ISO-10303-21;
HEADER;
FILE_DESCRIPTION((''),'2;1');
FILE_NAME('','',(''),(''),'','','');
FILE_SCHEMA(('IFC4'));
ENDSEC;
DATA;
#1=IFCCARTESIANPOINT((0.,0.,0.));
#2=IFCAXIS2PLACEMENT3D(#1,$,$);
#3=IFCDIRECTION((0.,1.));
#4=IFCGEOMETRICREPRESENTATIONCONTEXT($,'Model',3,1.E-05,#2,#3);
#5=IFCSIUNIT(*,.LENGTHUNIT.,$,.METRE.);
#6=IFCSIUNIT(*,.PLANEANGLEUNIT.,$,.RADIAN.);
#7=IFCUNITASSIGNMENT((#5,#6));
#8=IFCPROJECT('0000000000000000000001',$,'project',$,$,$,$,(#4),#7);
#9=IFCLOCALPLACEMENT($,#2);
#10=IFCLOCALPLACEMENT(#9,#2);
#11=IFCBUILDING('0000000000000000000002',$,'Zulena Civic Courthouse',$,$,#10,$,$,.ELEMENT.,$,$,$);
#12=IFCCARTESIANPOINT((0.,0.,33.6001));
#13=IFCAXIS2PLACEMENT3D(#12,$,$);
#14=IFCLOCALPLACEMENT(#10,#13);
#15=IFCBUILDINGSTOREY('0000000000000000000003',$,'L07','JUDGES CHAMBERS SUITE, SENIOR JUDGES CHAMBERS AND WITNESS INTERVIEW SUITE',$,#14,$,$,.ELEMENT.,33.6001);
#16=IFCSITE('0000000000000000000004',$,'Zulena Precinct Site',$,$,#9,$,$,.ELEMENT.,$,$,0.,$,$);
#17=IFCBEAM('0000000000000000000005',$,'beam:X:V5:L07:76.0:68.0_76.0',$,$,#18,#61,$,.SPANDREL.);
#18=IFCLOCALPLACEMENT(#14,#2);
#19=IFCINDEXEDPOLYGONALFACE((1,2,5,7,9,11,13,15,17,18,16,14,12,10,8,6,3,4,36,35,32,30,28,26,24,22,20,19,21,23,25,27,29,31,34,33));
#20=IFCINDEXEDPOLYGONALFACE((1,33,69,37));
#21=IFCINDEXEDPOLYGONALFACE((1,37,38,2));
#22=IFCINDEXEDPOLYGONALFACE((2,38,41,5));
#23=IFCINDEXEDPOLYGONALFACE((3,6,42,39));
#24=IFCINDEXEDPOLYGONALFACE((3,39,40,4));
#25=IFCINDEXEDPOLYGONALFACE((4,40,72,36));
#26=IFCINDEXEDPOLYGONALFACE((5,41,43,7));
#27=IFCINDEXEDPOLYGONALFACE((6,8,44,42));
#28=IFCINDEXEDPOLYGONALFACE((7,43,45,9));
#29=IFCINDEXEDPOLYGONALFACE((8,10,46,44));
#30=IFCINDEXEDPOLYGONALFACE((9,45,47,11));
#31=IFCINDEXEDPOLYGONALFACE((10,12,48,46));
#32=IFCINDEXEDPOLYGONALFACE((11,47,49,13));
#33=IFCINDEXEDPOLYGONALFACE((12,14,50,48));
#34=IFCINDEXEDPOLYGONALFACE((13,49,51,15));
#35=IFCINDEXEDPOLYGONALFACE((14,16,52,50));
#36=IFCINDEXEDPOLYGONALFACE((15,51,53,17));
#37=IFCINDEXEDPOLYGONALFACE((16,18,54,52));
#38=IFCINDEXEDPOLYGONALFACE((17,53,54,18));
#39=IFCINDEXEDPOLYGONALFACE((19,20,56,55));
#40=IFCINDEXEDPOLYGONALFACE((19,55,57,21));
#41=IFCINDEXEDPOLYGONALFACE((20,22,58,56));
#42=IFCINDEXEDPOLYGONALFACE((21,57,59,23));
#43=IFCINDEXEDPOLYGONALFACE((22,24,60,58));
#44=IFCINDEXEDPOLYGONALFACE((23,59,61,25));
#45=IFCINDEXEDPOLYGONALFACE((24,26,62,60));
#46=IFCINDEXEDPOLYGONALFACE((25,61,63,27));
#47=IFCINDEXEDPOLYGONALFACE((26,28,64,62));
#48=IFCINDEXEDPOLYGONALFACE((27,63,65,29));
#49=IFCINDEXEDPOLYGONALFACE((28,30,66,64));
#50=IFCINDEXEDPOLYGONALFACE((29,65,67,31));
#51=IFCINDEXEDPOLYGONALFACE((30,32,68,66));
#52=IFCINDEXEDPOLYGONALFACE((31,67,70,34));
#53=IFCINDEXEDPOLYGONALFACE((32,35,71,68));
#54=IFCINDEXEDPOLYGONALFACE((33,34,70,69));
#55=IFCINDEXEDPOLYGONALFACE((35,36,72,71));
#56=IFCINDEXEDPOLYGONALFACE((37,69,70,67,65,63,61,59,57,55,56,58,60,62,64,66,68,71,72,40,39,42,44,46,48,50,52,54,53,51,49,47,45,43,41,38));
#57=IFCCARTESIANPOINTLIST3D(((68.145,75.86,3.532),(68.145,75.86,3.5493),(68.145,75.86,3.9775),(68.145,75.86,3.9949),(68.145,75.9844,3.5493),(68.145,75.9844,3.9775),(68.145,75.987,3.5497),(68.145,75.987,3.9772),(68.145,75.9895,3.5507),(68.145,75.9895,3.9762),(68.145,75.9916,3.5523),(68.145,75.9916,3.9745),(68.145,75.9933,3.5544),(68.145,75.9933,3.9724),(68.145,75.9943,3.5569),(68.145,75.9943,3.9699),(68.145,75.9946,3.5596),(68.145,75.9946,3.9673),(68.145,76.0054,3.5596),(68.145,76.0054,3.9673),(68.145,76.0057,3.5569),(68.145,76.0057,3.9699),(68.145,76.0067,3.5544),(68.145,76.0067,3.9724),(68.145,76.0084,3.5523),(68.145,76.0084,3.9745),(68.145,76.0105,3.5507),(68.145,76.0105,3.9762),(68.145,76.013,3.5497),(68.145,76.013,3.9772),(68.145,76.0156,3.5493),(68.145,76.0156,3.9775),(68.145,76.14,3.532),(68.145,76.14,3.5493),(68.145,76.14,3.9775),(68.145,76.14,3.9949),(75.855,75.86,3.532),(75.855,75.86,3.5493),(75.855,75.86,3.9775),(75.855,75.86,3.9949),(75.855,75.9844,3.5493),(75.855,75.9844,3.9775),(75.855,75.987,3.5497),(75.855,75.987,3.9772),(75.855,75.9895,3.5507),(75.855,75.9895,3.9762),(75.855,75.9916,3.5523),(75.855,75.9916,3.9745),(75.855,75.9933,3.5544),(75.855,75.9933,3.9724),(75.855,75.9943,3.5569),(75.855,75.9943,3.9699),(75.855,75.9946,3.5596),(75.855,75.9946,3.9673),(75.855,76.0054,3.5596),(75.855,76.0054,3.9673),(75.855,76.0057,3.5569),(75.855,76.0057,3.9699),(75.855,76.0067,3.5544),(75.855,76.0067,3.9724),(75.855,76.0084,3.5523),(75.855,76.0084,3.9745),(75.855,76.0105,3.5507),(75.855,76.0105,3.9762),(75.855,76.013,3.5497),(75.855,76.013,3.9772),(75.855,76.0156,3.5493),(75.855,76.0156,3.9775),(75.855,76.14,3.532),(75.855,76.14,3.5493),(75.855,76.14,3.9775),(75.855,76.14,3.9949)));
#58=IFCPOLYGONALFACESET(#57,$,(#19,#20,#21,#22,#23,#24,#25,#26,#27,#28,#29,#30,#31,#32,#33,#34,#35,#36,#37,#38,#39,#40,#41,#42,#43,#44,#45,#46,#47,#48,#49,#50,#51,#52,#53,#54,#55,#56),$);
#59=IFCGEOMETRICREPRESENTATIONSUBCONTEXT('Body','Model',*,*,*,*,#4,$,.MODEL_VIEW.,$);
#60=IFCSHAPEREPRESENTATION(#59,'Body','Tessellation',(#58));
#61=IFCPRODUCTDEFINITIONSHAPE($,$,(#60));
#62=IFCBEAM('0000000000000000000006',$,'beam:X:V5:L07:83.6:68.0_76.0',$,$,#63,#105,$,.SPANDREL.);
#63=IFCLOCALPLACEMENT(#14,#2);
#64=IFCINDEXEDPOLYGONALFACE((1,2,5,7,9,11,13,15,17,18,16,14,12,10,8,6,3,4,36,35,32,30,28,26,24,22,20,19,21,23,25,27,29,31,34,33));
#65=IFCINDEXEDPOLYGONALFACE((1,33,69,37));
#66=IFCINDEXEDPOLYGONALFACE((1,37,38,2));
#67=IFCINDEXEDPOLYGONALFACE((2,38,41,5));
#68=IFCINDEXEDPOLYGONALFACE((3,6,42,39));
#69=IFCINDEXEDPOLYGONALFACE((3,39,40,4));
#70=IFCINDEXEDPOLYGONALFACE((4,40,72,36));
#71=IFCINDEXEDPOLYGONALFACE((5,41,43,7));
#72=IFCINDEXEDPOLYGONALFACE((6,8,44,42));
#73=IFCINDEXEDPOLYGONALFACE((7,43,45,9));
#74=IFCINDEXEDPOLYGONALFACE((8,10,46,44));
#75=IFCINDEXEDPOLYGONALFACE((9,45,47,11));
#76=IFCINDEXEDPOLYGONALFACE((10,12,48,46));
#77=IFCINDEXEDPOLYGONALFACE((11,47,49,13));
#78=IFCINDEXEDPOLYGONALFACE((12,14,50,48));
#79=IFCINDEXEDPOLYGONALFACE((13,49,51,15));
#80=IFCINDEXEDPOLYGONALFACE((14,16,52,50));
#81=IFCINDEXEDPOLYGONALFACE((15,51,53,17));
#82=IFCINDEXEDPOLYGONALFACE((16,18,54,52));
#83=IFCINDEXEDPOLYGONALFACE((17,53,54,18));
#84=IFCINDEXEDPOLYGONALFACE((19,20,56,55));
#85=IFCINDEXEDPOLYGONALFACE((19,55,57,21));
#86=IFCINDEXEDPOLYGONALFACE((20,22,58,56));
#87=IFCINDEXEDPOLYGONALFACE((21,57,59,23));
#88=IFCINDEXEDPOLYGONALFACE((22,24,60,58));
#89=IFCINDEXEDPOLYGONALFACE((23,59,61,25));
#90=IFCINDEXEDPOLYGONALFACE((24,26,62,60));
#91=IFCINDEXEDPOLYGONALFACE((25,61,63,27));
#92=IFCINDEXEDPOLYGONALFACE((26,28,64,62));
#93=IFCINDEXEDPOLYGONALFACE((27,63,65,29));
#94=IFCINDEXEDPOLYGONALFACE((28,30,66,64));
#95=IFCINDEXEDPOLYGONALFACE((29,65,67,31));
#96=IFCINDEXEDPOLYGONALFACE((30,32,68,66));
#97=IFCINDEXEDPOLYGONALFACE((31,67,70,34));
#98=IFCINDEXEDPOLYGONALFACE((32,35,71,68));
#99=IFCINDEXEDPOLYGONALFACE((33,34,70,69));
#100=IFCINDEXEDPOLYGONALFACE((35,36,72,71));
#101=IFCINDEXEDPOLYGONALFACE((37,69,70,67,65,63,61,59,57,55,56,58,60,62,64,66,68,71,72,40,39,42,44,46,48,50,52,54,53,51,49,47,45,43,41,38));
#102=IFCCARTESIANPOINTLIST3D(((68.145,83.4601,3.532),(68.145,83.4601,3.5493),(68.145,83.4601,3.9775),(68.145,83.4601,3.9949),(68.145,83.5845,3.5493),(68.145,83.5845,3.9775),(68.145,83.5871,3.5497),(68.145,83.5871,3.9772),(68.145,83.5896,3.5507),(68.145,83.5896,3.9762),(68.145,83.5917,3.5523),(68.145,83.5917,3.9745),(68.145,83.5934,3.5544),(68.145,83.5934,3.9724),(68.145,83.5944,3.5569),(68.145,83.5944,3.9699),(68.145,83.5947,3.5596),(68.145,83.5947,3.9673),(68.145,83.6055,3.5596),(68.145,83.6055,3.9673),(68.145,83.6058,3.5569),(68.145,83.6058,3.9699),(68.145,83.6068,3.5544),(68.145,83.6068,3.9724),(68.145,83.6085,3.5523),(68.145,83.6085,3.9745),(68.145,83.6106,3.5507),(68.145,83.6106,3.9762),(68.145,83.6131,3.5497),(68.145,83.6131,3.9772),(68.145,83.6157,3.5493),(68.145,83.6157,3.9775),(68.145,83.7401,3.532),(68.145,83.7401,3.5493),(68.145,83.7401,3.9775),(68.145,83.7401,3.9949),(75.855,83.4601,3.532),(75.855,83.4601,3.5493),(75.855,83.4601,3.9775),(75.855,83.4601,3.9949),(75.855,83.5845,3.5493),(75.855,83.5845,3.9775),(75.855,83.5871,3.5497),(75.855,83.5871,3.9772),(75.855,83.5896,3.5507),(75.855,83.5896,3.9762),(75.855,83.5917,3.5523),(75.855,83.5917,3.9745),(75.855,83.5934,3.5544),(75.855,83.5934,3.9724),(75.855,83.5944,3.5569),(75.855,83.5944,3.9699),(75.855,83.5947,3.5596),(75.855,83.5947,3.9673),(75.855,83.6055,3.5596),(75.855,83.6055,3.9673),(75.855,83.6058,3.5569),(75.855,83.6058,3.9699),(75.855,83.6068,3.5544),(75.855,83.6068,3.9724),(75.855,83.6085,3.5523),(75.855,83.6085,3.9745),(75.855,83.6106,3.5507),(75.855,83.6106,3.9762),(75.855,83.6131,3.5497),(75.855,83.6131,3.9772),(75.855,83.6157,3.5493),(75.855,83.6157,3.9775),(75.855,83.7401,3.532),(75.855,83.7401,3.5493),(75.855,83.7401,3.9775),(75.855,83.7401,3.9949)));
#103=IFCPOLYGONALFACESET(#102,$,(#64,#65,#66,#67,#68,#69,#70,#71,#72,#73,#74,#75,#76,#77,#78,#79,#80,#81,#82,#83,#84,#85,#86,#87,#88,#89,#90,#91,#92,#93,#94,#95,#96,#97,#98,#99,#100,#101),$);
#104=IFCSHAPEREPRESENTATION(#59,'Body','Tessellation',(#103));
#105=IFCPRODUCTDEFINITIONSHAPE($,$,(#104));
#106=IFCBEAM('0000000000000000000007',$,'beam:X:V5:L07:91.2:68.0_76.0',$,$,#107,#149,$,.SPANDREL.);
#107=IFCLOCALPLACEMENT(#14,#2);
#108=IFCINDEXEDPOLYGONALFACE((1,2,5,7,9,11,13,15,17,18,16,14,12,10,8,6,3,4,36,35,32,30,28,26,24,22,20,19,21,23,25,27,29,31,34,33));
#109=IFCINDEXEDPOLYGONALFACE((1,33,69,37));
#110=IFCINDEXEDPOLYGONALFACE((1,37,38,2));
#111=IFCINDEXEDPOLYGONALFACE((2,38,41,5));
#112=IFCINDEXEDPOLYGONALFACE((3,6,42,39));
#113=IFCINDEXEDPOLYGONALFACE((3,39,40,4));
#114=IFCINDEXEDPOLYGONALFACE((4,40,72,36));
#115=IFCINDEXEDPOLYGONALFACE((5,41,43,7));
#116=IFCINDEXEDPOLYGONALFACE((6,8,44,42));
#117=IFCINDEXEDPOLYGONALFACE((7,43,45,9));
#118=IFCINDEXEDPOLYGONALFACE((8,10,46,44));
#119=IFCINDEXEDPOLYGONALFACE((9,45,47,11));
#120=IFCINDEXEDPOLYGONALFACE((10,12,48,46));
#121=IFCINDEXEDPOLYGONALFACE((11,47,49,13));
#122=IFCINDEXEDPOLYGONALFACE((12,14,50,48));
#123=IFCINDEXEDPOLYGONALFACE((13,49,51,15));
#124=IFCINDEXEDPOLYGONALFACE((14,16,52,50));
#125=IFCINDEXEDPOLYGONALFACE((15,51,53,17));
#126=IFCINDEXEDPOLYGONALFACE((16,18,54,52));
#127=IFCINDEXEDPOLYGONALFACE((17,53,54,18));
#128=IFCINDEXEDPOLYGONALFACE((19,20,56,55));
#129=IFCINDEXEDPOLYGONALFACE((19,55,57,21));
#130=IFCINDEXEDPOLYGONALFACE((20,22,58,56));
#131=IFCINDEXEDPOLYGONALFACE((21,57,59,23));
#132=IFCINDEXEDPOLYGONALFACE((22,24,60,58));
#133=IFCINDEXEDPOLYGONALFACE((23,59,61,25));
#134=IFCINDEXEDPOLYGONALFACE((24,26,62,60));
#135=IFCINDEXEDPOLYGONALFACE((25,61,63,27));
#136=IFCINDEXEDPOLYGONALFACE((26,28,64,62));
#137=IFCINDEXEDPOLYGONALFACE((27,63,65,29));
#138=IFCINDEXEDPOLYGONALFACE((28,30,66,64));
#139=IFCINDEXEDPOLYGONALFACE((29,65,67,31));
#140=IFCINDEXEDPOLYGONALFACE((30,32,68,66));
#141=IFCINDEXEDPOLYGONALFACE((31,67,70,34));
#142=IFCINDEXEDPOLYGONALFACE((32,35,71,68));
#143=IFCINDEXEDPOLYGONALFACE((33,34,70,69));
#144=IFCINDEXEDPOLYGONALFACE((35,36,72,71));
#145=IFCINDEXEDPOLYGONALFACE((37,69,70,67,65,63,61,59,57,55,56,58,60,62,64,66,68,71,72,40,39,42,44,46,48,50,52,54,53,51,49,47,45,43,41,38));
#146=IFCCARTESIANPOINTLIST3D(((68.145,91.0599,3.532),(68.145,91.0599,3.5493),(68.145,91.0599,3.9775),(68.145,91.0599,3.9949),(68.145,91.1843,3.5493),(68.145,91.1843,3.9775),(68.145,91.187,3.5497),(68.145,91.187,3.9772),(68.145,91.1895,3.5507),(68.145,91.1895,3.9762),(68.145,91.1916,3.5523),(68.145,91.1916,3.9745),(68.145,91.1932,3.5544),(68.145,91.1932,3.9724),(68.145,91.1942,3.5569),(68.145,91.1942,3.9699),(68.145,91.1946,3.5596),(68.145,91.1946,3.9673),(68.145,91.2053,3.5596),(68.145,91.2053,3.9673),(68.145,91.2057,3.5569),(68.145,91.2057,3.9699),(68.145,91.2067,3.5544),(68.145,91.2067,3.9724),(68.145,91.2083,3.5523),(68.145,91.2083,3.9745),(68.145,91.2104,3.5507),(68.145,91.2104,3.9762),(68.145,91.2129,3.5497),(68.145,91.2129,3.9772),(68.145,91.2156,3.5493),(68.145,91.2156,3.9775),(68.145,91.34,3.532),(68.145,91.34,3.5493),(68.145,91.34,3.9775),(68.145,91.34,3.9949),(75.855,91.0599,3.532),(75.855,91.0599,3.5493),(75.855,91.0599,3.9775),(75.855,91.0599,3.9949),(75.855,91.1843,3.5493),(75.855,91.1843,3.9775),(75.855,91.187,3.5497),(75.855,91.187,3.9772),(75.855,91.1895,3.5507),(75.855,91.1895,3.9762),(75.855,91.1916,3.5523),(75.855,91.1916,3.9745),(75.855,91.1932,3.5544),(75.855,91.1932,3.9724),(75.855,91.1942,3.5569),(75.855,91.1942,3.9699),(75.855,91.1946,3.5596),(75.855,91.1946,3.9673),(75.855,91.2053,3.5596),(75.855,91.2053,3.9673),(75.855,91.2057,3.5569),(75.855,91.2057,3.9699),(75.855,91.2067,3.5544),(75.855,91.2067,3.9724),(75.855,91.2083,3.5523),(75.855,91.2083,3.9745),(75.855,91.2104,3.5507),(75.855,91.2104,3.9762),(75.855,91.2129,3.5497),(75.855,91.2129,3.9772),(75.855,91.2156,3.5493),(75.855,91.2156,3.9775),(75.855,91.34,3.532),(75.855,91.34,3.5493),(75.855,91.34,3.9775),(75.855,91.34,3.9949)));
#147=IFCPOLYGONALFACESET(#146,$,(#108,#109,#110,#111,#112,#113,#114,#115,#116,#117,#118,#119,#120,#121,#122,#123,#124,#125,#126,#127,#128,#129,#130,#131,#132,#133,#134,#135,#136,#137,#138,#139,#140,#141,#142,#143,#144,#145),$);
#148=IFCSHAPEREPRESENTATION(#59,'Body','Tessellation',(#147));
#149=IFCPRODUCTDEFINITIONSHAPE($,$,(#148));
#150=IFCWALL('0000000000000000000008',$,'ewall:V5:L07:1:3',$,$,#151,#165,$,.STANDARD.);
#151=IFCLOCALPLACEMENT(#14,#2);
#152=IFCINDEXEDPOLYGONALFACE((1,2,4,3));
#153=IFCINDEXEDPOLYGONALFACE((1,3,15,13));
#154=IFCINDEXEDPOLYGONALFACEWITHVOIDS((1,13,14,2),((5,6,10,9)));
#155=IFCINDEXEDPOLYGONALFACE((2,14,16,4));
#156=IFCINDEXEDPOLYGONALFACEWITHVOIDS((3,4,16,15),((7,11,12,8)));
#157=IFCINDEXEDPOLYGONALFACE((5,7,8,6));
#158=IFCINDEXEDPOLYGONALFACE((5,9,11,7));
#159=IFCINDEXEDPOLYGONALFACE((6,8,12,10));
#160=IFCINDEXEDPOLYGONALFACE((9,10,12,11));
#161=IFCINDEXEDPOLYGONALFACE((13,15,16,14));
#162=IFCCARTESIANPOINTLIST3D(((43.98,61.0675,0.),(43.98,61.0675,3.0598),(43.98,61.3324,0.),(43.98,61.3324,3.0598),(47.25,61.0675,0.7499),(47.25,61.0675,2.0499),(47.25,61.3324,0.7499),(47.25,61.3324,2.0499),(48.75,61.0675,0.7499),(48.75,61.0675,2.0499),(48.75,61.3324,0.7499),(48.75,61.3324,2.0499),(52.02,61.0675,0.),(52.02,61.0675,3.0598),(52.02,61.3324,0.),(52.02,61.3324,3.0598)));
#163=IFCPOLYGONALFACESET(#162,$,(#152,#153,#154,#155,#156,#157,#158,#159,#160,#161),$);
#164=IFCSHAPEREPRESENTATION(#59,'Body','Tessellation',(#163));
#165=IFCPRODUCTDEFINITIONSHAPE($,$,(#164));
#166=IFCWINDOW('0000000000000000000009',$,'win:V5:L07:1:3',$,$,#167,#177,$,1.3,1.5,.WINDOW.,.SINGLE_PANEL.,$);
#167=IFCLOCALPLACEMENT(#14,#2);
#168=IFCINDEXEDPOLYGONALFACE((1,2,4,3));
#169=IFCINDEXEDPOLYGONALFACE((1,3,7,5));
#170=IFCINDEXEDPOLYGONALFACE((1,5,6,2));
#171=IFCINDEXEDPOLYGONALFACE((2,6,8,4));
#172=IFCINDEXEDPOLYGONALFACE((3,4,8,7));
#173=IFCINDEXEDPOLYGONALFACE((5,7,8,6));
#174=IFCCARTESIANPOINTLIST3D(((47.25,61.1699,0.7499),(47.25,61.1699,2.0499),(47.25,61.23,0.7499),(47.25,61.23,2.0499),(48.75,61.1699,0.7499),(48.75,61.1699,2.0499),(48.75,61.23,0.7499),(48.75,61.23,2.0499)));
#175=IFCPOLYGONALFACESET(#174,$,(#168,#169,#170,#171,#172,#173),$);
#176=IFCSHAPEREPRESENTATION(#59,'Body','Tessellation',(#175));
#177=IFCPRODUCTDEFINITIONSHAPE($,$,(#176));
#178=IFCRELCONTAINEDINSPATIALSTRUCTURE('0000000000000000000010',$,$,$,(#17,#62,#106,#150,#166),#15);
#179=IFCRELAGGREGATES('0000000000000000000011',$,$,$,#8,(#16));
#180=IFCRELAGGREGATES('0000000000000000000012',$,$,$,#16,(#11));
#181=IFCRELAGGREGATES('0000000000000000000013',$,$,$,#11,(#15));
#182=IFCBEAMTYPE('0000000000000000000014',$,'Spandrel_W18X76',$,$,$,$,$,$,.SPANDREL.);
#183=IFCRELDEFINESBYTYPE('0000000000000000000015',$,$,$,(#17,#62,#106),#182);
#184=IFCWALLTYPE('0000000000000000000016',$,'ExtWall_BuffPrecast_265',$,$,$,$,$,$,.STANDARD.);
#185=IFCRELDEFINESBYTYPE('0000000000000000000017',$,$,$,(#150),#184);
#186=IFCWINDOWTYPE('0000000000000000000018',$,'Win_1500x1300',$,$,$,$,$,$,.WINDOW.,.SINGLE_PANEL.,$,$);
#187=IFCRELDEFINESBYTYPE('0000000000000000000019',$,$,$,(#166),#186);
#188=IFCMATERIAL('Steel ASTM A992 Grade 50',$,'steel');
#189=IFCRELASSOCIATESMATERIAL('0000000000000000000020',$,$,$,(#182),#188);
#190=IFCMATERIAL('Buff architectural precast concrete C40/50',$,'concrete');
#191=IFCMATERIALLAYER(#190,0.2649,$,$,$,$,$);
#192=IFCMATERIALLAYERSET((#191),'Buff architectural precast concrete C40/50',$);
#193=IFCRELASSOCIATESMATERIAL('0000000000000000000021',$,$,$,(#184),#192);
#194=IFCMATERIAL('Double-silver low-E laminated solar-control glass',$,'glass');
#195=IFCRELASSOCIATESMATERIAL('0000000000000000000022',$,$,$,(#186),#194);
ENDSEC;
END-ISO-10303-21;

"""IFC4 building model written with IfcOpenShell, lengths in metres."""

from ifc_helpers import new_model, si_unit, direction, frame, frame_2d, origin, origin_2d, place, context, subcontext, project, spatial, rectangle, i_section, extrude, material, layer, layer_set, material_profile, profile_set, type_object, element, fill, save


model = new_model("IFC4")

# Units and contexts
model_context = context("Model", 3, precision=1e-05, world=origin(), true_north=direction((0.0, 1.0)))
body_context = subcontext(model_context, "Body", "Model", "MODEL_VIEW")
ifc_project = project(units=[si_unit("LENGTHUNIT", "METRE"), si_unit("PLANEANGLEUNIT", "RADIAN")], contexts=[model_context])

# Site, building, storey
site_placement = place(None, origin())
site = spatial("IfcSite", under=ifc_project, at=site_placement, Name="Zulena Precinct Site", CompositionType="ELEMENT", RefElevation=0.0)
building_placement = place(site_placement, origin())
building = spatial("IfcBuilding", under=site, at=building_placement, Name="Zulena Civic Courthouse", CompositionType="ELEMENT")
storey_placement = place(building_placement, frame((0.0, 0.0, 33.6001)))
storey = spatial("IfcBuildingStorey", under=building, at=storey_placement, Name="L07", Description="JUDGES CHAMBERS SUITE, SENIOR JUDGES CHAMBERS AND WITNESS INTERVIEW SUITE", CompositionType="ELEMENT", Elevation=33.6001)

# Shared definitions
ifc_material_1 = material(Name="Steel ASTM A992 Grade 50", Category="steel")

# Beams
ifc_material_profile_1 = material_profile(ifc_material_1, i_section(OverallWidth=0.28, OverallDepth=0.4629, WebThickness=0.0107, FlangeThickness=0.0173, FilletRadius=0.0103, at=origin_2d()), Name="W18X76")
ifc_profile_set_1 = profile_set([ifc_material_profile_1], Name="Steel ASTM A992 Grade 50")
beam_type_1 = type_object("IfcBeamType", Name="Spandrel_W18X76", PredefinedType="SPANDREL", material=ifc_profile_set_1)
for number, where, z_axis, x_axis, name in (
    (1, (68.145, 76.0, 3.7634), (1.0, 0.0, 0.0), (0.0, 1.0, 0.0), "beam:X:V5:L07:76.0:68.0_76.0"),
    (2, (68.145, 83.6001, 3.7634), (1.0, 0.0, 0.0), (0.0, 1.0, 0.0), "beam:X:V5:L07:83.6:68.0_76.0"),
    (3, (68.145, 91.2, 3.7634), (1.0, 0.0, 0.0), (0.0, 1.0, 0.0), "beam:X:V5:L07:91.2:68.0_76.0"),
):
    element("IfcBeam", number, at=place(storey_placement, frame(where, z_axis=z_axis, x_axis=x_axis)), inside=storey, type_object=beam_type_1, Name=name, PredefinedType="SPANDREL", context=body_context, shape_type="SweptSolid", body=[
        extrude(i_section(OverallWidth=0.28, OverallDepth=0.4629, WebThickness=0.0107, FlangeThickness=0.0173, FilletRadius=0.0103, at=origin_2d()), origin(), (0.0, 0.0, 1.0), 7.71),
    ])

# Wall, opening, window
ifc_material_2 = material(Name="Buff architectural precast concrete C40/50", Category="concrete")
ifc_layer_1 = layer(ifc_material_2, 0.2649)
ifc_layer_set_1 = layer_set([ifc_layer_1], Name="Buff architectural precast concrete C40/50")
wall_type_1 = type_object("IfcWallType", Name="ExtWall_BuffPrecast_265", PredefinedType="STANDARD", material=ifc_layer_set_1)
wall_1_placement = place(storey_placement, frame((43.98, 61.2, 0.0), z_axis=(0.0, 0.0, 1.0), x_axis=(1.0, 0.0, 0.0)))
wall_1 = element("IfcWall", 4, at=wall_1_placement, inside=storey, type_object=wall_type_1, Name="ewall:V5:L07:1:3", PredefinedType="STANDARD", context=body_context, shape_type="SweptSolid", body=[
    extrude(rectangle(XDim=8.04, YDim=0.2649, at=frame_2d((4.02, 0.0))), origin(), (0.0, 0.0, 1.0), 3.0598),
])
opening_1_placement = place(wall_1_placement, frame((3.27, 0.0, 0.75)))
opening_1 = element("IfcOpeningElement", 5, at=opening_1_placement, cuts=wall_1, PredefinedType="OPENING", context=body_context, shape_type="SweptSolid", body=[
    extrude(rectangle(XDim=1.5, YDim=1.3, at=frame_2d((0.75, 0.6499))), frame((0.0, 0.1423, 0.0), z_axis=(0.0, -1.0, 0.0), x_axis=(1.0, 0.0, 0.0)), (0.0, 0.0, 1.0), 0.2849),
])
ifc_material_3 = material(Name="Double-silver low-E laminated solar-control glass", Category="glass")
window_type_1 = type_object("IfcWindowType", Name="Win_1500x1300", PartitioningType="SINGLE_PANEL", PredefinedType="WINDOW", material=ifc_material_3)
window_1_placement = place(opening_1_placement, origin())
window_1 = element("IfcWindow", 6, at=window_1_placement, inside=storey, type_object=window_type_1, Name="win:V5:L07:1:3", OverallHeight=1.3, OverallWidth=1.5, PartitioningType="SINGLE_PANEL", PredefinedType="WINDOW", context=body_context, shape_type="SweptSolid", body=[
    extrude(rectangle(XDim=1.5, YDim=1.3, at=frame_2d((0.75, 0.6499))), frame((0.0, 0.03, 0.0), z_axis=(0.0, -1.0, 0.0), x_axis=(1.0, 0.0, 0.0)), (0.0, 0.0, 1.0), 0.0601),
])
fill(opening_1, window_1)

save(model, "model.ifc")
